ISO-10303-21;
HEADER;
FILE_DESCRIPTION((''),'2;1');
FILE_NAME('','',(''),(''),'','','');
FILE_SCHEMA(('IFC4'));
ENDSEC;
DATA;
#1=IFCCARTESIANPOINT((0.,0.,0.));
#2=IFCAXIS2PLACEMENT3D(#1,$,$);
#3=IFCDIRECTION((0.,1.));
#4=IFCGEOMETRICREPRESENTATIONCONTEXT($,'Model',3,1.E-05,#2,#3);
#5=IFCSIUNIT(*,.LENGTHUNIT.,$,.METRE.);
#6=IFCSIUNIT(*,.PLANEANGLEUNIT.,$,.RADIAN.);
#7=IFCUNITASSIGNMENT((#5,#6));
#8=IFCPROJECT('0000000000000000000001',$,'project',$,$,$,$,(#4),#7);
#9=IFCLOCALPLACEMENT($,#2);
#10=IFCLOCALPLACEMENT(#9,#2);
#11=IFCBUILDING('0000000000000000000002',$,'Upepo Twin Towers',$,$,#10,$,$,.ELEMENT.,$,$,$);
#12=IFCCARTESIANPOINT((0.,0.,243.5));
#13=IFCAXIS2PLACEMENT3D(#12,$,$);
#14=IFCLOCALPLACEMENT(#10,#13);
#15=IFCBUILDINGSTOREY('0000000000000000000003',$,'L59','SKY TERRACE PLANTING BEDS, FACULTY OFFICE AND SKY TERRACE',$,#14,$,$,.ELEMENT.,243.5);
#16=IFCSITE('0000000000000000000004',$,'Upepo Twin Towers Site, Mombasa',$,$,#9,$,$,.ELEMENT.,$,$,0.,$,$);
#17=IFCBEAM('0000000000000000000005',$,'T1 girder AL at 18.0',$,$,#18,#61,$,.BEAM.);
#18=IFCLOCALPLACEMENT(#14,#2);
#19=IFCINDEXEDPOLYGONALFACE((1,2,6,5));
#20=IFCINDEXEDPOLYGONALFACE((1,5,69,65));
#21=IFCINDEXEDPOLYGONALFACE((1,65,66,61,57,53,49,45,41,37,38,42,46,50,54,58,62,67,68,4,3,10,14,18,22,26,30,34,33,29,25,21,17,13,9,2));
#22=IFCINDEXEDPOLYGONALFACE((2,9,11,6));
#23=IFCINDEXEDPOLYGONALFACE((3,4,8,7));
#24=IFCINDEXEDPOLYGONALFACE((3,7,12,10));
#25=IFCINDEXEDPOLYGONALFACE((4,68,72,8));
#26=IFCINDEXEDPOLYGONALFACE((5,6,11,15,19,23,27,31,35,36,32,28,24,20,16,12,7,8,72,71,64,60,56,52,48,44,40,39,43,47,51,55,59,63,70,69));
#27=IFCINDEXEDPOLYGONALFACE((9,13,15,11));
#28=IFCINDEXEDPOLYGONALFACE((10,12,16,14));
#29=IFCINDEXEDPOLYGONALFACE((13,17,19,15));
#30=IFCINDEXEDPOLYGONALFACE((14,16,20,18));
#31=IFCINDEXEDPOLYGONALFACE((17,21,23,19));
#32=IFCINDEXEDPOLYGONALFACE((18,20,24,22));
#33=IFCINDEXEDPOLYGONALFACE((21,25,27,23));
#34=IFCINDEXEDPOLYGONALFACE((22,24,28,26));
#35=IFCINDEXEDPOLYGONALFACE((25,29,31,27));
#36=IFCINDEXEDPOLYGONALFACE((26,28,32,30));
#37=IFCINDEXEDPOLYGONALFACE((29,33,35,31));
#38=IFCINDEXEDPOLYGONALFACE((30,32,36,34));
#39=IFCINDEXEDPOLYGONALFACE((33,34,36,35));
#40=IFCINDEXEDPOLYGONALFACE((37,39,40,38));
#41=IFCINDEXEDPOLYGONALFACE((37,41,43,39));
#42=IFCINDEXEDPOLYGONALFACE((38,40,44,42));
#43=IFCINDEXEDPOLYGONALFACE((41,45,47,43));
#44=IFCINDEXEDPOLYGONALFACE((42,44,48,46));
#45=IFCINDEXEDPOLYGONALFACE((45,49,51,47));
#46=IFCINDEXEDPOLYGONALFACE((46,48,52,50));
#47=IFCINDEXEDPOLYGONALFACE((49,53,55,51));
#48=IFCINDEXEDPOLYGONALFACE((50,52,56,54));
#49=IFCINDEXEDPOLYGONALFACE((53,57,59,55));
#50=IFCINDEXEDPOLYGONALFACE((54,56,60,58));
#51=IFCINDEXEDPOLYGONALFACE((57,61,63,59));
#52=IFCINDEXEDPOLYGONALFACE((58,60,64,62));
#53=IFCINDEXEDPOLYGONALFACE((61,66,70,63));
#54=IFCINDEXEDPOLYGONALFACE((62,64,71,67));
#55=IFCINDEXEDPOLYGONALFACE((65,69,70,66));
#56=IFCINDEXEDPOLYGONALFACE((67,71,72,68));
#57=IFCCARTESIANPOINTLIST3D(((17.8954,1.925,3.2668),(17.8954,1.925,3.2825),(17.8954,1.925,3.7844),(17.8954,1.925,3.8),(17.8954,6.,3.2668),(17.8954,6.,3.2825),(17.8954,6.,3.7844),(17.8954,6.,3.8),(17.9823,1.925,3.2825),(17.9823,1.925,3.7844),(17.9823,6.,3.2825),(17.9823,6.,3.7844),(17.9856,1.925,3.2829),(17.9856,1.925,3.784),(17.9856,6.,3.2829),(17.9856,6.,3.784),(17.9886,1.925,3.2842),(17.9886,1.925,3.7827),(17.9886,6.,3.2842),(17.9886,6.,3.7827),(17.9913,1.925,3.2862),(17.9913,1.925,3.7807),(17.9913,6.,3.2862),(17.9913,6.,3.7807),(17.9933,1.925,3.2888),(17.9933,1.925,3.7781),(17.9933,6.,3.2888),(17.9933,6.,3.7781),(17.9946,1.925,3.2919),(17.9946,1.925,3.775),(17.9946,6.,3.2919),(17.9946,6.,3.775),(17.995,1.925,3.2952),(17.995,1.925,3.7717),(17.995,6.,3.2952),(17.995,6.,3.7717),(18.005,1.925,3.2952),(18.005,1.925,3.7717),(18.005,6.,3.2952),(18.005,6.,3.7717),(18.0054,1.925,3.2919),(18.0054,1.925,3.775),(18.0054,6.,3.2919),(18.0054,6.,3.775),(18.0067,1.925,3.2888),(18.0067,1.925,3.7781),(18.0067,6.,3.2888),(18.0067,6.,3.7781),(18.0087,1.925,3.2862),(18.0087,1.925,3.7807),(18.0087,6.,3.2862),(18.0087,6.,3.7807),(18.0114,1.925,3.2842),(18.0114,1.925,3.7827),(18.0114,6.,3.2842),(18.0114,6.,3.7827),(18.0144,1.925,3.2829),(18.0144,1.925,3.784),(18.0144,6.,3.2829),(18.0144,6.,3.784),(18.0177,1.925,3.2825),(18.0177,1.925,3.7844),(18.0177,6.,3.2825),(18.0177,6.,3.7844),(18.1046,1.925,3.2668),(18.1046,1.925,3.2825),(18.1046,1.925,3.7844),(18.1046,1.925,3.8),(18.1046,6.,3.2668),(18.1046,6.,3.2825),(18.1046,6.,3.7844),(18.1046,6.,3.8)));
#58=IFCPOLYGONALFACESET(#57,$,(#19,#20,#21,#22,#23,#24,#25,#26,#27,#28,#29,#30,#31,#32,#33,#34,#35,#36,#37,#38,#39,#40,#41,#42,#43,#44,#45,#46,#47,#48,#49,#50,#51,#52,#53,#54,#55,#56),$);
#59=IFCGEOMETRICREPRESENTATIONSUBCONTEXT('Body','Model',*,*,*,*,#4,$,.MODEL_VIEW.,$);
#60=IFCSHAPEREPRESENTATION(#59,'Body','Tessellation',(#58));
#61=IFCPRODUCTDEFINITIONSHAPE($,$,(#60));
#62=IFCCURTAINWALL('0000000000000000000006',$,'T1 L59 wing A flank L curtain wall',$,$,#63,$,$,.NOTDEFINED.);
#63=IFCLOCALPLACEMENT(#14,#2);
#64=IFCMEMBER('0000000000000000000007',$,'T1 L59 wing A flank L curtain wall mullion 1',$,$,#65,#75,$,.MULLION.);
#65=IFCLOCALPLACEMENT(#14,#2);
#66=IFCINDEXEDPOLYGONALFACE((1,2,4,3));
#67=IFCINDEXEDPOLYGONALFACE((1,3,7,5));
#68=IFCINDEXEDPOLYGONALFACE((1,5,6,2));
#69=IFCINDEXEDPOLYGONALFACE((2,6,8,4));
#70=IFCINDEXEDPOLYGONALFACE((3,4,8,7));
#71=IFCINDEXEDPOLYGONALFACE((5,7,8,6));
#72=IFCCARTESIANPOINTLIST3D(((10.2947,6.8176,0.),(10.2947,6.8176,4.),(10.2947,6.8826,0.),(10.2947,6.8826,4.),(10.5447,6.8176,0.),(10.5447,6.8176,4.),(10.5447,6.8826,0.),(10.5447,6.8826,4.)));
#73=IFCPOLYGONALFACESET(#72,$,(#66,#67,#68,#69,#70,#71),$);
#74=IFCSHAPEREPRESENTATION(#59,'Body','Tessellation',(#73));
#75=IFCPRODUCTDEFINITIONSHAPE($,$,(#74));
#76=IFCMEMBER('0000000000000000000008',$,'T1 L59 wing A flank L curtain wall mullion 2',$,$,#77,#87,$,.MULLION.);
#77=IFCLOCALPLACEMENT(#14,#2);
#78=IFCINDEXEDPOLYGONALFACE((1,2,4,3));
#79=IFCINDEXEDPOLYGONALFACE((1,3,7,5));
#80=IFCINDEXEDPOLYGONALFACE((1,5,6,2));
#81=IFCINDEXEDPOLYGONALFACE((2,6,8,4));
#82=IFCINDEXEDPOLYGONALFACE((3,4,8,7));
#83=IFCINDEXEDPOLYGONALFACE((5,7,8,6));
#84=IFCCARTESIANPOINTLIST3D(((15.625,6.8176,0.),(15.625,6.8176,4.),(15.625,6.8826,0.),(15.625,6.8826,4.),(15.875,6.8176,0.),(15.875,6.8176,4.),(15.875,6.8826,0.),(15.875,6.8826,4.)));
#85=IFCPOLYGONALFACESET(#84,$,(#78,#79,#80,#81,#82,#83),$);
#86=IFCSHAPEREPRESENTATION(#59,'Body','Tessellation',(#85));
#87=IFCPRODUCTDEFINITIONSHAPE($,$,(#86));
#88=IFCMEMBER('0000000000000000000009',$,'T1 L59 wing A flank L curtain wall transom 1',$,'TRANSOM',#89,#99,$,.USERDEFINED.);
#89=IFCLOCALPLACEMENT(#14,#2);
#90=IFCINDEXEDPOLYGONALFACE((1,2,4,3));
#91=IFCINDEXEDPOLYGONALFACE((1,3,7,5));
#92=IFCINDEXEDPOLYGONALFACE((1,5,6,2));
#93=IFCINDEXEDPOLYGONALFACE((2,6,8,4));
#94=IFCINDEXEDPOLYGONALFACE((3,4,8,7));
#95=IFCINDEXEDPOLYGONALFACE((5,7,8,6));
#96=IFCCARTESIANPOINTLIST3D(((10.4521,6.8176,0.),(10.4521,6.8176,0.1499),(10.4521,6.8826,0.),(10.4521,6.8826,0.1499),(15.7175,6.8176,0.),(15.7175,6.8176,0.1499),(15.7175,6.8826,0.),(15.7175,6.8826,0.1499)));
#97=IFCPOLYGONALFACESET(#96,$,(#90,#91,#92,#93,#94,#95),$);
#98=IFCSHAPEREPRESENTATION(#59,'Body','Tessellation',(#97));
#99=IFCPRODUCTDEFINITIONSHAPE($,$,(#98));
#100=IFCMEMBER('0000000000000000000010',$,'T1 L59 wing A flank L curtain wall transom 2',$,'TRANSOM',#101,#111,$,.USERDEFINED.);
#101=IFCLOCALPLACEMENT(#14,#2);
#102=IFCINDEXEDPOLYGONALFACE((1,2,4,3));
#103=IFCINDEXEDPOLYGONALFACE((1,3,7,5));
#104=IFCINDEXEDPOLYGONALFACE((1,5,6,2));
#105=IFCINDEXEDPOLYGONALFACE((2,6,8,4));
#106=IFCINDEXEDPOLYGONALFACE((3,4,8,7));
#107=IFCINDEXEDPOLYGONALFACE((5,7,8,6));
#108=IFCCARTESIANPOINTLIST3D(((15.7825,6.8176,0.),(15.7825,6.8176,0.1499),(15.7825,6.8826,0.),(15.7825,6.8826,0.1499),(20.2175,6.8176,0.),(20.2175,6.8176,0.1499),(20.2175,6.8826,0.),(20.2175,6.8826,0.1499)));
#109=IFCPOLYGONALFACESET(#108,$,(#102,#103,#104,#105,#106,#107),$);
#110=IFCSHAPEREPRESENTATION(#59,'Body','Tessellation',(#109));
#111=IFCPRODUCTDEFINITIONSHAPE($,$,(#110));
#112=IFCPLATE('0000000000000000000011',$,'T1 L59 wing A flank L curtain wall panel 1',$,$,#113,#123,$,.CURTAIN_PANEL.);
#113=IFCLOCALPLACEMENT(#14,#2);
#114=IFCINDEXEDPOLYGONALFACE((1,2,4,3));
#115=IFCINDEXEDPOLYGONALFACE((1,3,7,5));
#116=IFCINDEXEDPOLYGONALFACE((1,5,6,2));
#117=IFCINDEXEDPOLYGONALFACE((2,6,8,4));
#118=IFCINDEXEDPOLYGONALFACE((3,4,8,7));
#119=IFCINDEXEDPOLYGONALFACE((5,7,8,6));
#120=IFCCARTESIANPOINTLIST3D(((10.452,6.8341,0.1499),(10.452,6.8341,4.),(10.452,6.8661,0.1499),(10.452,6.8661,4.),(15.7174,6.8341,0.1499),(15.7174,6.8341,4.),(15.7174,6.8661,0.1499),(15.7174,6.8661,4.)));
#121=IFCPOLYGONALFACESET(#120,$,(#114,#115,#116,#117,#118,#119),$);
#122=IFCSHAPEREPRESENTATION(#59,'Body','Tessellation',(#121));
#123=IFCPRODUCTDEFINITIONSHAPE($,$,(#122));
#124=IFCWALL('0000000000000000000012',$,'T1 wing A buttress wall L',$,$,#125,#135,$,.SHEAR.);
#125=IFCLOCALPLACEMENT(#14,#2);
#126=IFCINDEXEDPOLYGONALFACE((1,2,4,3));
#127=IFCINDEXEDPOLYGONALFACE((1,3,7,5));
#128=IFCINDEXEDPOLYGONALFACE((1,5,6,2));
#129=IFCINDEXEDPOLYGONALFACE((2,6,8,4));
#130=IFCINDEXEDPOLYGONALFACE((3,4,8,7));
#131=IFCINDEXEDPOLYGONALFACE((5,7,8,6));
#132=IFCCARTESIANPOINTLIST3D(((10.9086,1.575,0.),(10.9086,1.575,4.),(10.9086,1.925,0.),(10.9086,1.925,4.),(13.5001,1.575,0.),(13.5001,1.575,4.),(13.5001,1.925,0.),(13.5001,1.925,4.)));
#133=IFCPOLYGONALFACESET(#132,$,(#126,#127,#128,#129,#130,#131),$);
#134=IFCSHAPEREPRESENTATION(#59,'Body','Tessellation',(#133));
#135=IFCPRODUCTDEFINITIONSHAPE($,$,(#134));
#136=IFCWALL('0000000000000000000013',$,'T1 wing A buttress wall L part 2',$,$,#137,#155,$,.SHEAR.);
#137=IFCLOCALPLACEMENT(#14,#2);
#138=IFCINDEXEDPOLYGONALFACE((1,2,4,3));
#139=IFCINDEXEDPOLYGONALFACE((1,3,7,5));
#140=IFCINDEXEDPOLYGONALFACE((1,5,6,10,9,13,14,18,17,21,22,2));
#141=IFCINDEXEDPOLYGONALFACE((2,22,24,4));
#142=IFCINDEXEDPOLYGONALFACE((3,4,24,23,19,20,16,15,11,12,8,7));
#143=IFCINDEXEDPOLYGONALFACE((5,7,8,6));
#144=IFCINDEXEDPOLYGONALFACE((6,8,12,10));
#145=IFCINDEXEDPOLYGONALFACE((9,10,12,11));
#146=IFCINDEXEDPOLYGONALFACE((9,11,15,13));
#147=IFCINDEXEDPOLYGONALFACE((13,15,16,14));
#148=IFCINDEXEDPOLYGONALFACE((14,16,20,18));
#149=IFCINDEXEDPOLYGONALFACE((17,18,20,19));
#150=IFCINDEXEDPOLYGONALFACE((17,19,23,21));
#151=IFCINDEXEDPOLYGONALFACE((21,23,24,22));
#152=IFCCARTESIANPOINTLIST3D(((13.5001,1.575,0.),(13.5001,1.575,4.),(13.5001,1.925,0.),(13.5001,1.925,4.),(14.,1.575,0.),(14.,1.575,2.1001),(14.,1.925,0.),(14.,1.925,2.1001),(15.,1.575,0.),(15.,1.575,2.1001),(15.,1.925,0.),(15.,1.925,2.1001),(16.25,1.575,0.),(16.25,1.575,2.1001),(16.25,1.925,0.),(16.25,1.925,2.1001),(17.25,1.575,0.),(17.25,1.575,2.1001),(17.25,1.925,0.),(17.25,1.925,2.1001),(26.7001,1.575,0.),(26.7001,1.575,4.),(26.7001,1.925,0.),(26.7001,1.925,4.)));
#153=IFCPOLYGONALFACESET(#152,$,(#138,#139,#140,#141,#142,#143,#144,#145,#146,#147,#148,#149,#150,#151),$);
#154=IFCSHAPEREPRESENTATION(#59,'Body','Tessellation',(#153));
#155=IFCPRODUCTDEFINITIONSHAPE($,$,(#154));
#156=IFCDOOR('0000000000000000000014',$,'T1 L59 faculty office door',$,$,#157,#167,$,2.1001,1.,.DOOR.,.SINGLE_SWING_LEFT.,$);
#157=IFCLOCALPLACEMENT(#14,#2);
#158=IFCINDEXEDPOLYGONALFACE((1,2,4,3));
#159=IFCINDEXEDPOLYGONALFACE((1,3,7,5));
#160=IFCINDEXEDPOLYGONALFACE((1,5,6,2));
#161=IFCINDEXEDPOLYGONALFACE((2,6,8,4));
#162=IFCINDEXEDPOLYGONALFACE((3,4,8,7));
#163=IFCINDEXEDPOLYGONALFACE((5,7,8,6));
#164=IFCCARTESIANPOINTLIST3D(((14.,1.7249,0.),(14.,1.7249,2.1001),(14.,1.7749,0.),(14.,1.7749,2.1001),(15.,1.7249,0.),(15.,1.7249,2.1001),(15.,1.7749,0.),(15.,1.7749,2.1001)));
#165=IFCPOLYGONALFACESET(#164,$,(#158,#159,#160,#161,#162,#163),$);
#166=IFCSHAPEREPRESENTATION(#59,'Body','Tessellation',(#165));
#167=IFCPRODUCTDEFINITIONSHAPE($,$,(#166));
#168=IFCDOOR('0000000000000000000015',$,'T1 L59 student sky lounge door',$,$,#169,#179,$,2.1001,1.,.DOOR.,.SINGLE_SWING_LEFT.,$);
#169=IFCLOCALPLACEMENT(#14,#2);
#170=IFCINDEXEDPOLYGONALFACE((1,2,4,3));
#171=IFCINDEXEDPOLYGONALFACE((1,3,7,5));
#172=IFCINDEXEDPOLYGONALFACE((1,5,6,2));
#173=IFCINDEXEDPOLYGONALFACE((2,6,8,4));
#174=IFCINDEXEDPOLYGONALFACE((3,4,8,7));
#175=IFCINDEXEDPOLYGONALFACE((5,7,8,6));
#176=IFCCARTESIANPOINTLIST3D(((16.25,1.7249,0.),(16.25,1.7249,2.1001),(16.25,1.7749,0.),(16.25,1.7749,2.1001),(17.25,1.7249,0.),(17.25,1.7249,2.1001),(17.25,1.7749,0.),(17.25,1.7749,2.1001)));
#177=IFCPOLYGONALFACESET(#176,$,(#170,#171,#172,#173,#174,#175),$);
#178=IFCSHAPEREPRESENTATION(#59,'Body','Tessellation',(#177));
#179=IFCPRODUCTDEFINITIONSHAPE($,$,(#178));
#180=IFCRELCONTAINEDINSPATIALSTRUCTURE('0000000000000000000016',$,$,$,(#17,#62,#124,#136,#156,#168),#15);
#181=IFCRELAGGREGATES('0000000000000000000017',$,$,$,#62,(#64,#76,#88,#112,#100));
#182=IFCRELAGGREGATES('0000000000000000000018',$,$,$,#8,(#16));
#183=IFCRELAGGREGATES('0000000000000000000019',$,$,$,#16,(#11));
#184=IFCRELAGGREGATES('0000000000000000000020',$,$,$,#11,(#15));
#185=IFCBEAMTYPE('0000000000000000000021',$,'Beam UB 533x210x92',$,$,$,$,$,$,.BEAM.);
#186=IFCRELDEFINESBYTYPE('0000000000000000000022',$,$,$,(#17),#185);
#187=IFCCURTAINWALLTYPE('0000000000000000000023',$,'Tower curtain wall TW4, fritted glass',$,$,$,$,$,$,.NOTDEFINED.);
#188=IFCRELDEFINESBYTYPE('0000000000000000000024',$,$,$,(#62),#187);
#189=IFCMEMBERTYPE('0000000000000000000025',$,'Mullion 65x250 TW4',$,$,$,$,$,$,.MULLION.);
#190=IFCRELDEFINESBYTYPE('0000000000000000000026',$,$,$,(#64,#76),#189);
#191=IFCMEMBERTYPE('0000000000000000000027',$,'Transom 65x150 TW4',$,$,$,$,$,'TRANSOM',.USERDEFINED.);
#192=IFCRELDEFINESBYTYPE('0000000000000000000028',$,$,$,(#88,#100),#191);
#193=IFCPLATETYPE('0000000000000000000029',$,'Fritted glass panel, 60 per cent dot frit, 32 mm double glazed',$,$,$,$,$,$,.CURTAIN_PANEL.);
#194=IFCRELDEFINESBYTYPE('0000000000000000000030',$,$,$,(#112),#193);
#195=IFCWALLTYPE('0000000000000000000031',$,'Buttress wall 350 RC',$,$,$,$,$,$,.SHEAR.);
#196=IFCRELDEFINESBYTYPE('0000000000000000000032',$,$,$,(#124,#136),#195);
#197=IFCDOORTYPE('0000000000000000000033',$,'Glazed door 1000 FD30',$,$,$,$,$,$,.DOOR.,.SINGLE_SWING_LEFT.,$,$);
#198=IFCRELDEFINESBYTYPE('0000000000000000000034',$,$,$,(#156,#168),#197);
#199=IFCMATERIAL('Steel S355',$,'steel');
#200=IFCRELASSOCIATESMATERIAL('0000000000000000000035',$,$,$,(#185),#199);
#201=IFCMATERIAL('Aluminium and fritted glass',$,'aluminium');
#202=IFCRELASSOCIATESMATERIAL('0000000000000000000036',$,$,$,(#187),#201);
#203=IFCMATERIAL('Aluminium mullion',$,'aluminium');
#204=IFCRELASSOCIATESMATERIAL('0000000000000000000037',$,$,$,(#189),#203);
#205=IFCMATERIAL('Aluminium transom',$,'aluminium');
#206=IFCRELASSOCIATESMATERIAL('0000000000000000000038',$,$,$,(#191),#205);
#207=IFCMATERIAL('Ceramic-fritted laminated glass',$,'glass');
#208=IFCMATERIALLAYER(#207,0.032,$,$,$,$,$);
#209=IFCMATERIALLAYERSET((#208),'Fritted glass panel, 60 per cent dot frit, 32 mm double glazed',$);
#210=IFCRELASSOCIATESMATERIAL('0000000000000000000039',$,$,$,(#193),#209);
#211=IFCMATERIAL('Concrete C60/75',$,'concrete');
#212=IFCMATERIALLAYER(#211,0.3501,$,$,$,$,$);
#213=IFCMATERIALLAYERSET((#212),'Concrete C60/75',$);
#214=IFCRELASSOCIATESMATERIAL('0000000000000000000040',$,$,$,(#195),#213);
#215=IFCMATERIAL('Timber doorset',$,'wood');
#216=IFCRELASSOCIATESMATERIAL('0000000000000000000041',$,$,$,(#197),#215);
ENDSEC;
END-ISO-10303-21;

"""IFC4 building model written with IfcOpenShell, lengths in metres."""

from ifc_helpers import new_model, si_unit, direction, frame, frame_2d, origin, origin_2d, place, context, subcontext, project, spatial, rectangle, i_section, extrude, material, layer, layer_set, material_profile, profile_set, type_object, element, fill, aggregate, save


model = new_model("IFC4")

# Units and contexts
model_context = context("Model", 3, precision=1e-05, world=origin(), true_north=direction((0.0, 1.0)))
body_context = subcontext(model_context, "Body", "Model", "MODEL_VIEW")
ifc_project = project(units=[si_unit("LENGTHUNIT", "METRE"), si_unit("PLANEANGLEUNIT", "RADIAN")], contexts=[model_context])

# Site, building, storey
site_placement = place(None, origin())
site = spatial("IfcSite", under=ifc_project, at=site_placement, Name="Upepo Twin Towers Site, Mombasa", CompositionType="ELEMENT", RefElevation=0.0)
building_placement = place(site_placement, origin())
building = spatial("IfcBuilding", under=site, at=building_placement, Name="Upepo Twin Towers", CompositionType="ELEMENT")
storey_placement = place(building_placement, frame((0.0, 0.0, 243.5)))
storey = spatial("IfcBuildingStorey", under=building, at=storey_placement, Name="L59", Description="SKY TERRACE PLANTING BEDS, FACULTY OFFICE AND SKY TERRACE", CompositionType="ELEMENT", Elevation=243.5)

# Beam
ifc_material_1 = material(Name="Steel S355", Category="steel")
ifc_material_profile_1 = material_profile(ifc_material_1, i_section(OverallWidth=0.2092, OverallDepth=0.5332, WebThickness=0.01, FlangeThickness=0.0156, FilletRadius=0.0127, at=origin_2d()), Name="UB 533x210x92")
ifc_profile_set_1 = profile_set([ifc_material_profile_1], Name="Steel S355")
beam_type_1 = type_object("IfcBeamType", Name="Beam UB 533x210x92", PredefinedType="BEAM", material=ifc_profile_set_1)
for number, where, z_axis, x_axis, name in (
    (1, (18.0, 6.0, 3.5334), (0.0, -1.0, 0.0), (1.0, 0.0, 0.0), "T1 girder AL at 18.0"),
):
    element("IfcBeam", number, at=place(storey_placement, frame(where, z_axis=z_axis, x_axis=x_axis)), inside=storey, type_object=beam_type_1, Name=name, PredefinedType="BEAM", context=body_context, shape_type="SweptSolid", body=[
        extrude(i_section(OverallWidth=0.2092, OverallDepth=0.5332, WebThickness=0.01, FlangeThickness=0.0156, FilletRadius=0.0127, at=origin_2d()), origin(), (0.0, 0.0, 1.0), 4.075),
    ])

# Curtain wall, members, plate
ifc_material_2 = material(Name="Aluminium and fritted glass", Category="aluminium")
curtain_wall_type = type_object("IfcCurtainWallType", Name="Tower curtain wall TW4, fritted glass", PredefinedType="NOTDEFINED", material=ifc_material_2)
curtain_wall_placement = place(storey_placement, origin())
curtain_wall = element("IfcCurtainWall", 2, at=curtain_wall_placement, inside=storey, type_object=curtain_wall_type, Name="T1 L59 wing A flank L curtain wall", PredefinedType="NOTDEFINED")
ifc_material_3 = material(Name="Aluminium mullion", Category="aluminium")
ifc_material_profile_2 = material_profile(ifc_material_3, rectangle(XDim=0.0649, YDim=0.25, at=origin_2d()), Name="MULLION 65x250")
ifc_profile_set_2 = profile_set([ifc_material_profile_2], Name="Aluminium mullion")
member_type_1 = type_object("IfcMemberType", Name="Mullion 65x250 TW4", PredefinedType="MULLION", material=ifc_profile_set_2)
member_1_placement = place(storey_placement, frame((10.4197, 6.8501, 0.0), z_axis=(0.0, 0.0, 1.0), x_axis=(0.0, 1.0, 0.0)))
member_1 = element("IfcMember", 3, at=member_1_placement, type_object=member_type_1, Name="T1 L59 wing A flank L curtain wall mullion 1", PredefinedType="MULLION", context=body_context, shape_type="SweptSolid", body=[
    extrude(rectangle(XDim=0.0649, YDim=0.25, at=origin_2d()), origin(), (0.0, 0.0, 1.0), 4.0),
])
member_2_placement = place(storey_placement, frame((15.75, 6.8501, 0.0), z_axis=(0.0, 0.0, 1.0), x_axis=(0.0, 1.0, 0.0)))
member_2 = element("IfcMember", 4, at=member_2_placement, type_object=member_type_1, Name="T1 L59 wing A flank L curtain wall mullion 2", PredefinedType="MULLION", context=body_context, shape_type="SweptSolid", body=[
    extrude(rectangle(XDim=0.0649, YDim=0.25, at=origin_2d()), origin(), (0.0, 0.0, 1.0), 4.0),
])
ifc_material_4 = material(Name="Aluminium transom", Category="aluminium")
ifc_material_profile_3 = material_profile(ifc_material_4, rectangle(XDim=0.0649, YDim=0.1499, at=origin_2d()), Name="TRANSOM 65x150")
ifc_profile_set_3 = profile_set([ifc_material_profile_3], Name="Aluminium transom")
member_type_2 = type_object("IfcMemberType", Name="Transom 65x150 TW4", ElementType="TRANSOM", PredefinedType="USERDEFINED", material=ifc_profile_set_3)
member_3_placement = place(storey_placement, frame((10.4521, 6.8501, 0.075), z_axis=(1.0, 0.0, 0.0), x_axis=(0.0, 1.0, 0.0)))
member_3 = element("IfcMember", 5, at=member_3_placement, type_object=member_type_2, Name="T1 L59 wing A flank L curtain wall transom 1", ObjectType="TRANSOM", PredefinedType="USERDEFINED", context=body_context, shape_type="SweptSolid", body=[
    extrude(rectangle(XDim=0.0649, YDim=0.1499, at=origin_2d()), origin(), (0.0, 0.0, 1.0), 5.2654),
])
member_4_placement = place(storey_placement, frame((15.7825, 6.8501, 0.075), z_axis=(1.0, 0.0, 0.0), x_axis=(0.0, 1.0, 0.0)))
member_4 = element("IfcMember", 6, at=member_4_placement, type_object=member_type_2, Name="T1 L59 wing A flank L curtain wall transom 2", ObjectType="TRANSOM", PredefinedType="USERDEFINED", context=body_context, shape_type="SweptSolid", body=[
    extrude(rectangle(XDim=0.0649, YDim=0.1499, at=origin_2d()), origin(), (0.0, 0.0, 1.0), 4.4351),
])
ifc_material_5 = material(Name="Ceramic-fritted laminated glass", Category="glass")
ifc_layer_1 = layer(ifc_material_5, 0.032)
ifc_layer_set_1 = layer_set([ifc_layer_1], Name="Fritted glass panel, 60 per cent dot frit, 32 mm double glazed")
plate_type = type_object("IfcPlateType", Name="Fritted glass panel, 60 per cent dot frit, 32 mm double glazed", PredefinedType="CURTAIN_PANEL", material=ifc_layer_set_1)
plate_placement = place(storey_placement, frame((13.0847, 6.8501, 0.1499), z_axis=(0.0, 0.0, 1.0), x_axis=(1.0, 0.0, 0.0)))
plate = element("IfcPlate", 7, at=plate_placement, type_object=plate_type, Name="T1 L59 wing A flank L curtain wall panel 1", PredefinedType="CURTAIN_PANEL", context=body_context, shape_type="SweptSolid", body=[
    extrude(rectangle(XDim=5.2654, YDim=0.032, at=origin_2d()), origin(), (0.0, 0.0, 1.0), 3.8501),
])
aggregate(curtain_wall, [member_1, member_2, member_3, plate, member_4])

# Wall
ifc_material_6 = material(Name="Concrete C60/75", Category="concrete")
ifc_layer_2 = layer(ifc_material_6, 0.3501)
ifc_layer_set_2 = layer_set([ifc_layer_2], Name="Concrete C60/75")
wall_type_1 = type_object("IfcWallType", Name="Buttress wall 350 RC", PredefinedType="SHEAR", material=ifc_layer_set_2)
wall_1_placement = place(storey_placement, frame((10.9084, 1.75, 0.0), z_axis=(0.0, 0.0, 1.0), x_axis=(1.0, 0.0, 0.0)))
element("IfcWall", 8, at=wall_1_placement, inside=storey, type_object=wall_type_1, Name="T1 wing A buttress wall L", PredefinedType="SHEAR", context=body_context, shape_type="SweptSolid", body=[
    extrude(rectangle(XDim=2.5916, YDim=0.3501, at=frame_2d((1.2959, 0.0))), origin(), (0.0, 0.0, 1.0), 4.0),
])

# Wall, openings, doors
wall_2_placement = place(storey_placement, frame((13.5, 1.75, 0.0), z_axis=(0.0, 0.0, 1.0), x_axis=(1.0, 0.0, 0.0)))
wall_2 = element("IfcWall", 9, at=wall_2_placement, inside=storey, type_object=wall_type_1, Name="T1 wing A buttress wall L part 2", PredefinedType="SHEAR", context=body_context, shape_type="SweptSolid", body=[
    extrude(rectangle(XDim=13.2, YDim=0.3501, at=frame_2d((6.6001, 0.0))), origin(), (0.0, 0.0, 1.0), 4.0),
])
opening_1_placement = place(wall_2_placement, frame((0.5, 0.0, 0.0)))
opening_1 = element("IfcOpeningElement", 10, at=opening_1_placement, cuts=wall_2, PredefinedType="OPENING", context=body_context, shape_type="SweptSolid", body=[
    extrude(rectangle(XDim=1.0, YDim=2.1001, at=frame_2d((0.5, 1.05))), frame((0.0, 0.1851, 0.0), z_axis=(0.0, -1.0, 0.0), x_axis=(1.0, 0.0, 0.0)), (0.0, 0.0, 1.0), 0.3701),
])
opening_2_placement = place(wall_2_placement, frame((2.75, 0.0, 0.0)))
opening_2 = element("IfcOpeningElement", 11, at=opening_2_placement, cuts=wall_2, PredefinedType="OPENING", context=body_context, shape_type="SweptSolid", body=[
    extrude(rectangle(XDim=1.0, YDim=2.1001, at=frame_2d((0.5, 1.05))), frame((0.0, 0.1851, 0.0), z_axis=(0.0, -1.0, 0.0), x_axis=(1.0, 0.0, 0.0)), (0.0, 0.0, 1.0), 0.3701),
])
ifc_material_7 = material(Name="Timber doorset", Category="wood")
door_type = type_object("IfcDoorType", Name="Glazed door 1000 FD30", OperationType="SINGLE_SWING_LEFT", PredefinedType="DOOR", material=ifc_material_7)
door_1_placement = place(opening_1_placement, origin())
door_1 = element("IfcDoor", 12, at=door_1_placement, inside=storey, type_object=door_type, Name="T1 L59 faculty office door", OperationType="SINGLE_SWING_LEFT", OverallHeight=2.1001, OverallWidth=1.0, PredefinedType="DOOR", context=body_context, shape_type="SweptSolid", body=[
    extrude(rectangle(XDim=1.0, YDim=2.1001, at=frame_2d((0.5, 1.05))), frame((0.0, 0.0249, 0.0), z_axis=(0.0, -1.0, 0.0), x_axis=(1.0, 0.0, 0.0)), (0.0, 0.0, 1.0), 0.05),
])
fill(opening_1, door_1)
door_2_placement = place(opening_2_placement, origin())
door_2 = element("IfcDoor", 13, at=door_2_placement, inside=storey, type_object=door_type, Name="T1 L59 student sky lounge door", OperationType="SINGLE_SWING_LEFT", OverallHeight=2.1001, OverallWidth=1.0, PredefinedType="DOOR", context=body_context, shape_type="SweptSolid", body=[
    extrude(rectangle(XDim=1.0, YDim=2.1001, at=frame_2d((0.5, 1.05))), frame((0.0, 0.0249, 0.0), z_axis=(0.0, -1.0, 0.0), x_axis=(1.0, 0.0, 0.0)), (0.0, 0.0, 1.0), 0.05),
])
fill(opening_2, door_2)

save(model, "model.ifc")
